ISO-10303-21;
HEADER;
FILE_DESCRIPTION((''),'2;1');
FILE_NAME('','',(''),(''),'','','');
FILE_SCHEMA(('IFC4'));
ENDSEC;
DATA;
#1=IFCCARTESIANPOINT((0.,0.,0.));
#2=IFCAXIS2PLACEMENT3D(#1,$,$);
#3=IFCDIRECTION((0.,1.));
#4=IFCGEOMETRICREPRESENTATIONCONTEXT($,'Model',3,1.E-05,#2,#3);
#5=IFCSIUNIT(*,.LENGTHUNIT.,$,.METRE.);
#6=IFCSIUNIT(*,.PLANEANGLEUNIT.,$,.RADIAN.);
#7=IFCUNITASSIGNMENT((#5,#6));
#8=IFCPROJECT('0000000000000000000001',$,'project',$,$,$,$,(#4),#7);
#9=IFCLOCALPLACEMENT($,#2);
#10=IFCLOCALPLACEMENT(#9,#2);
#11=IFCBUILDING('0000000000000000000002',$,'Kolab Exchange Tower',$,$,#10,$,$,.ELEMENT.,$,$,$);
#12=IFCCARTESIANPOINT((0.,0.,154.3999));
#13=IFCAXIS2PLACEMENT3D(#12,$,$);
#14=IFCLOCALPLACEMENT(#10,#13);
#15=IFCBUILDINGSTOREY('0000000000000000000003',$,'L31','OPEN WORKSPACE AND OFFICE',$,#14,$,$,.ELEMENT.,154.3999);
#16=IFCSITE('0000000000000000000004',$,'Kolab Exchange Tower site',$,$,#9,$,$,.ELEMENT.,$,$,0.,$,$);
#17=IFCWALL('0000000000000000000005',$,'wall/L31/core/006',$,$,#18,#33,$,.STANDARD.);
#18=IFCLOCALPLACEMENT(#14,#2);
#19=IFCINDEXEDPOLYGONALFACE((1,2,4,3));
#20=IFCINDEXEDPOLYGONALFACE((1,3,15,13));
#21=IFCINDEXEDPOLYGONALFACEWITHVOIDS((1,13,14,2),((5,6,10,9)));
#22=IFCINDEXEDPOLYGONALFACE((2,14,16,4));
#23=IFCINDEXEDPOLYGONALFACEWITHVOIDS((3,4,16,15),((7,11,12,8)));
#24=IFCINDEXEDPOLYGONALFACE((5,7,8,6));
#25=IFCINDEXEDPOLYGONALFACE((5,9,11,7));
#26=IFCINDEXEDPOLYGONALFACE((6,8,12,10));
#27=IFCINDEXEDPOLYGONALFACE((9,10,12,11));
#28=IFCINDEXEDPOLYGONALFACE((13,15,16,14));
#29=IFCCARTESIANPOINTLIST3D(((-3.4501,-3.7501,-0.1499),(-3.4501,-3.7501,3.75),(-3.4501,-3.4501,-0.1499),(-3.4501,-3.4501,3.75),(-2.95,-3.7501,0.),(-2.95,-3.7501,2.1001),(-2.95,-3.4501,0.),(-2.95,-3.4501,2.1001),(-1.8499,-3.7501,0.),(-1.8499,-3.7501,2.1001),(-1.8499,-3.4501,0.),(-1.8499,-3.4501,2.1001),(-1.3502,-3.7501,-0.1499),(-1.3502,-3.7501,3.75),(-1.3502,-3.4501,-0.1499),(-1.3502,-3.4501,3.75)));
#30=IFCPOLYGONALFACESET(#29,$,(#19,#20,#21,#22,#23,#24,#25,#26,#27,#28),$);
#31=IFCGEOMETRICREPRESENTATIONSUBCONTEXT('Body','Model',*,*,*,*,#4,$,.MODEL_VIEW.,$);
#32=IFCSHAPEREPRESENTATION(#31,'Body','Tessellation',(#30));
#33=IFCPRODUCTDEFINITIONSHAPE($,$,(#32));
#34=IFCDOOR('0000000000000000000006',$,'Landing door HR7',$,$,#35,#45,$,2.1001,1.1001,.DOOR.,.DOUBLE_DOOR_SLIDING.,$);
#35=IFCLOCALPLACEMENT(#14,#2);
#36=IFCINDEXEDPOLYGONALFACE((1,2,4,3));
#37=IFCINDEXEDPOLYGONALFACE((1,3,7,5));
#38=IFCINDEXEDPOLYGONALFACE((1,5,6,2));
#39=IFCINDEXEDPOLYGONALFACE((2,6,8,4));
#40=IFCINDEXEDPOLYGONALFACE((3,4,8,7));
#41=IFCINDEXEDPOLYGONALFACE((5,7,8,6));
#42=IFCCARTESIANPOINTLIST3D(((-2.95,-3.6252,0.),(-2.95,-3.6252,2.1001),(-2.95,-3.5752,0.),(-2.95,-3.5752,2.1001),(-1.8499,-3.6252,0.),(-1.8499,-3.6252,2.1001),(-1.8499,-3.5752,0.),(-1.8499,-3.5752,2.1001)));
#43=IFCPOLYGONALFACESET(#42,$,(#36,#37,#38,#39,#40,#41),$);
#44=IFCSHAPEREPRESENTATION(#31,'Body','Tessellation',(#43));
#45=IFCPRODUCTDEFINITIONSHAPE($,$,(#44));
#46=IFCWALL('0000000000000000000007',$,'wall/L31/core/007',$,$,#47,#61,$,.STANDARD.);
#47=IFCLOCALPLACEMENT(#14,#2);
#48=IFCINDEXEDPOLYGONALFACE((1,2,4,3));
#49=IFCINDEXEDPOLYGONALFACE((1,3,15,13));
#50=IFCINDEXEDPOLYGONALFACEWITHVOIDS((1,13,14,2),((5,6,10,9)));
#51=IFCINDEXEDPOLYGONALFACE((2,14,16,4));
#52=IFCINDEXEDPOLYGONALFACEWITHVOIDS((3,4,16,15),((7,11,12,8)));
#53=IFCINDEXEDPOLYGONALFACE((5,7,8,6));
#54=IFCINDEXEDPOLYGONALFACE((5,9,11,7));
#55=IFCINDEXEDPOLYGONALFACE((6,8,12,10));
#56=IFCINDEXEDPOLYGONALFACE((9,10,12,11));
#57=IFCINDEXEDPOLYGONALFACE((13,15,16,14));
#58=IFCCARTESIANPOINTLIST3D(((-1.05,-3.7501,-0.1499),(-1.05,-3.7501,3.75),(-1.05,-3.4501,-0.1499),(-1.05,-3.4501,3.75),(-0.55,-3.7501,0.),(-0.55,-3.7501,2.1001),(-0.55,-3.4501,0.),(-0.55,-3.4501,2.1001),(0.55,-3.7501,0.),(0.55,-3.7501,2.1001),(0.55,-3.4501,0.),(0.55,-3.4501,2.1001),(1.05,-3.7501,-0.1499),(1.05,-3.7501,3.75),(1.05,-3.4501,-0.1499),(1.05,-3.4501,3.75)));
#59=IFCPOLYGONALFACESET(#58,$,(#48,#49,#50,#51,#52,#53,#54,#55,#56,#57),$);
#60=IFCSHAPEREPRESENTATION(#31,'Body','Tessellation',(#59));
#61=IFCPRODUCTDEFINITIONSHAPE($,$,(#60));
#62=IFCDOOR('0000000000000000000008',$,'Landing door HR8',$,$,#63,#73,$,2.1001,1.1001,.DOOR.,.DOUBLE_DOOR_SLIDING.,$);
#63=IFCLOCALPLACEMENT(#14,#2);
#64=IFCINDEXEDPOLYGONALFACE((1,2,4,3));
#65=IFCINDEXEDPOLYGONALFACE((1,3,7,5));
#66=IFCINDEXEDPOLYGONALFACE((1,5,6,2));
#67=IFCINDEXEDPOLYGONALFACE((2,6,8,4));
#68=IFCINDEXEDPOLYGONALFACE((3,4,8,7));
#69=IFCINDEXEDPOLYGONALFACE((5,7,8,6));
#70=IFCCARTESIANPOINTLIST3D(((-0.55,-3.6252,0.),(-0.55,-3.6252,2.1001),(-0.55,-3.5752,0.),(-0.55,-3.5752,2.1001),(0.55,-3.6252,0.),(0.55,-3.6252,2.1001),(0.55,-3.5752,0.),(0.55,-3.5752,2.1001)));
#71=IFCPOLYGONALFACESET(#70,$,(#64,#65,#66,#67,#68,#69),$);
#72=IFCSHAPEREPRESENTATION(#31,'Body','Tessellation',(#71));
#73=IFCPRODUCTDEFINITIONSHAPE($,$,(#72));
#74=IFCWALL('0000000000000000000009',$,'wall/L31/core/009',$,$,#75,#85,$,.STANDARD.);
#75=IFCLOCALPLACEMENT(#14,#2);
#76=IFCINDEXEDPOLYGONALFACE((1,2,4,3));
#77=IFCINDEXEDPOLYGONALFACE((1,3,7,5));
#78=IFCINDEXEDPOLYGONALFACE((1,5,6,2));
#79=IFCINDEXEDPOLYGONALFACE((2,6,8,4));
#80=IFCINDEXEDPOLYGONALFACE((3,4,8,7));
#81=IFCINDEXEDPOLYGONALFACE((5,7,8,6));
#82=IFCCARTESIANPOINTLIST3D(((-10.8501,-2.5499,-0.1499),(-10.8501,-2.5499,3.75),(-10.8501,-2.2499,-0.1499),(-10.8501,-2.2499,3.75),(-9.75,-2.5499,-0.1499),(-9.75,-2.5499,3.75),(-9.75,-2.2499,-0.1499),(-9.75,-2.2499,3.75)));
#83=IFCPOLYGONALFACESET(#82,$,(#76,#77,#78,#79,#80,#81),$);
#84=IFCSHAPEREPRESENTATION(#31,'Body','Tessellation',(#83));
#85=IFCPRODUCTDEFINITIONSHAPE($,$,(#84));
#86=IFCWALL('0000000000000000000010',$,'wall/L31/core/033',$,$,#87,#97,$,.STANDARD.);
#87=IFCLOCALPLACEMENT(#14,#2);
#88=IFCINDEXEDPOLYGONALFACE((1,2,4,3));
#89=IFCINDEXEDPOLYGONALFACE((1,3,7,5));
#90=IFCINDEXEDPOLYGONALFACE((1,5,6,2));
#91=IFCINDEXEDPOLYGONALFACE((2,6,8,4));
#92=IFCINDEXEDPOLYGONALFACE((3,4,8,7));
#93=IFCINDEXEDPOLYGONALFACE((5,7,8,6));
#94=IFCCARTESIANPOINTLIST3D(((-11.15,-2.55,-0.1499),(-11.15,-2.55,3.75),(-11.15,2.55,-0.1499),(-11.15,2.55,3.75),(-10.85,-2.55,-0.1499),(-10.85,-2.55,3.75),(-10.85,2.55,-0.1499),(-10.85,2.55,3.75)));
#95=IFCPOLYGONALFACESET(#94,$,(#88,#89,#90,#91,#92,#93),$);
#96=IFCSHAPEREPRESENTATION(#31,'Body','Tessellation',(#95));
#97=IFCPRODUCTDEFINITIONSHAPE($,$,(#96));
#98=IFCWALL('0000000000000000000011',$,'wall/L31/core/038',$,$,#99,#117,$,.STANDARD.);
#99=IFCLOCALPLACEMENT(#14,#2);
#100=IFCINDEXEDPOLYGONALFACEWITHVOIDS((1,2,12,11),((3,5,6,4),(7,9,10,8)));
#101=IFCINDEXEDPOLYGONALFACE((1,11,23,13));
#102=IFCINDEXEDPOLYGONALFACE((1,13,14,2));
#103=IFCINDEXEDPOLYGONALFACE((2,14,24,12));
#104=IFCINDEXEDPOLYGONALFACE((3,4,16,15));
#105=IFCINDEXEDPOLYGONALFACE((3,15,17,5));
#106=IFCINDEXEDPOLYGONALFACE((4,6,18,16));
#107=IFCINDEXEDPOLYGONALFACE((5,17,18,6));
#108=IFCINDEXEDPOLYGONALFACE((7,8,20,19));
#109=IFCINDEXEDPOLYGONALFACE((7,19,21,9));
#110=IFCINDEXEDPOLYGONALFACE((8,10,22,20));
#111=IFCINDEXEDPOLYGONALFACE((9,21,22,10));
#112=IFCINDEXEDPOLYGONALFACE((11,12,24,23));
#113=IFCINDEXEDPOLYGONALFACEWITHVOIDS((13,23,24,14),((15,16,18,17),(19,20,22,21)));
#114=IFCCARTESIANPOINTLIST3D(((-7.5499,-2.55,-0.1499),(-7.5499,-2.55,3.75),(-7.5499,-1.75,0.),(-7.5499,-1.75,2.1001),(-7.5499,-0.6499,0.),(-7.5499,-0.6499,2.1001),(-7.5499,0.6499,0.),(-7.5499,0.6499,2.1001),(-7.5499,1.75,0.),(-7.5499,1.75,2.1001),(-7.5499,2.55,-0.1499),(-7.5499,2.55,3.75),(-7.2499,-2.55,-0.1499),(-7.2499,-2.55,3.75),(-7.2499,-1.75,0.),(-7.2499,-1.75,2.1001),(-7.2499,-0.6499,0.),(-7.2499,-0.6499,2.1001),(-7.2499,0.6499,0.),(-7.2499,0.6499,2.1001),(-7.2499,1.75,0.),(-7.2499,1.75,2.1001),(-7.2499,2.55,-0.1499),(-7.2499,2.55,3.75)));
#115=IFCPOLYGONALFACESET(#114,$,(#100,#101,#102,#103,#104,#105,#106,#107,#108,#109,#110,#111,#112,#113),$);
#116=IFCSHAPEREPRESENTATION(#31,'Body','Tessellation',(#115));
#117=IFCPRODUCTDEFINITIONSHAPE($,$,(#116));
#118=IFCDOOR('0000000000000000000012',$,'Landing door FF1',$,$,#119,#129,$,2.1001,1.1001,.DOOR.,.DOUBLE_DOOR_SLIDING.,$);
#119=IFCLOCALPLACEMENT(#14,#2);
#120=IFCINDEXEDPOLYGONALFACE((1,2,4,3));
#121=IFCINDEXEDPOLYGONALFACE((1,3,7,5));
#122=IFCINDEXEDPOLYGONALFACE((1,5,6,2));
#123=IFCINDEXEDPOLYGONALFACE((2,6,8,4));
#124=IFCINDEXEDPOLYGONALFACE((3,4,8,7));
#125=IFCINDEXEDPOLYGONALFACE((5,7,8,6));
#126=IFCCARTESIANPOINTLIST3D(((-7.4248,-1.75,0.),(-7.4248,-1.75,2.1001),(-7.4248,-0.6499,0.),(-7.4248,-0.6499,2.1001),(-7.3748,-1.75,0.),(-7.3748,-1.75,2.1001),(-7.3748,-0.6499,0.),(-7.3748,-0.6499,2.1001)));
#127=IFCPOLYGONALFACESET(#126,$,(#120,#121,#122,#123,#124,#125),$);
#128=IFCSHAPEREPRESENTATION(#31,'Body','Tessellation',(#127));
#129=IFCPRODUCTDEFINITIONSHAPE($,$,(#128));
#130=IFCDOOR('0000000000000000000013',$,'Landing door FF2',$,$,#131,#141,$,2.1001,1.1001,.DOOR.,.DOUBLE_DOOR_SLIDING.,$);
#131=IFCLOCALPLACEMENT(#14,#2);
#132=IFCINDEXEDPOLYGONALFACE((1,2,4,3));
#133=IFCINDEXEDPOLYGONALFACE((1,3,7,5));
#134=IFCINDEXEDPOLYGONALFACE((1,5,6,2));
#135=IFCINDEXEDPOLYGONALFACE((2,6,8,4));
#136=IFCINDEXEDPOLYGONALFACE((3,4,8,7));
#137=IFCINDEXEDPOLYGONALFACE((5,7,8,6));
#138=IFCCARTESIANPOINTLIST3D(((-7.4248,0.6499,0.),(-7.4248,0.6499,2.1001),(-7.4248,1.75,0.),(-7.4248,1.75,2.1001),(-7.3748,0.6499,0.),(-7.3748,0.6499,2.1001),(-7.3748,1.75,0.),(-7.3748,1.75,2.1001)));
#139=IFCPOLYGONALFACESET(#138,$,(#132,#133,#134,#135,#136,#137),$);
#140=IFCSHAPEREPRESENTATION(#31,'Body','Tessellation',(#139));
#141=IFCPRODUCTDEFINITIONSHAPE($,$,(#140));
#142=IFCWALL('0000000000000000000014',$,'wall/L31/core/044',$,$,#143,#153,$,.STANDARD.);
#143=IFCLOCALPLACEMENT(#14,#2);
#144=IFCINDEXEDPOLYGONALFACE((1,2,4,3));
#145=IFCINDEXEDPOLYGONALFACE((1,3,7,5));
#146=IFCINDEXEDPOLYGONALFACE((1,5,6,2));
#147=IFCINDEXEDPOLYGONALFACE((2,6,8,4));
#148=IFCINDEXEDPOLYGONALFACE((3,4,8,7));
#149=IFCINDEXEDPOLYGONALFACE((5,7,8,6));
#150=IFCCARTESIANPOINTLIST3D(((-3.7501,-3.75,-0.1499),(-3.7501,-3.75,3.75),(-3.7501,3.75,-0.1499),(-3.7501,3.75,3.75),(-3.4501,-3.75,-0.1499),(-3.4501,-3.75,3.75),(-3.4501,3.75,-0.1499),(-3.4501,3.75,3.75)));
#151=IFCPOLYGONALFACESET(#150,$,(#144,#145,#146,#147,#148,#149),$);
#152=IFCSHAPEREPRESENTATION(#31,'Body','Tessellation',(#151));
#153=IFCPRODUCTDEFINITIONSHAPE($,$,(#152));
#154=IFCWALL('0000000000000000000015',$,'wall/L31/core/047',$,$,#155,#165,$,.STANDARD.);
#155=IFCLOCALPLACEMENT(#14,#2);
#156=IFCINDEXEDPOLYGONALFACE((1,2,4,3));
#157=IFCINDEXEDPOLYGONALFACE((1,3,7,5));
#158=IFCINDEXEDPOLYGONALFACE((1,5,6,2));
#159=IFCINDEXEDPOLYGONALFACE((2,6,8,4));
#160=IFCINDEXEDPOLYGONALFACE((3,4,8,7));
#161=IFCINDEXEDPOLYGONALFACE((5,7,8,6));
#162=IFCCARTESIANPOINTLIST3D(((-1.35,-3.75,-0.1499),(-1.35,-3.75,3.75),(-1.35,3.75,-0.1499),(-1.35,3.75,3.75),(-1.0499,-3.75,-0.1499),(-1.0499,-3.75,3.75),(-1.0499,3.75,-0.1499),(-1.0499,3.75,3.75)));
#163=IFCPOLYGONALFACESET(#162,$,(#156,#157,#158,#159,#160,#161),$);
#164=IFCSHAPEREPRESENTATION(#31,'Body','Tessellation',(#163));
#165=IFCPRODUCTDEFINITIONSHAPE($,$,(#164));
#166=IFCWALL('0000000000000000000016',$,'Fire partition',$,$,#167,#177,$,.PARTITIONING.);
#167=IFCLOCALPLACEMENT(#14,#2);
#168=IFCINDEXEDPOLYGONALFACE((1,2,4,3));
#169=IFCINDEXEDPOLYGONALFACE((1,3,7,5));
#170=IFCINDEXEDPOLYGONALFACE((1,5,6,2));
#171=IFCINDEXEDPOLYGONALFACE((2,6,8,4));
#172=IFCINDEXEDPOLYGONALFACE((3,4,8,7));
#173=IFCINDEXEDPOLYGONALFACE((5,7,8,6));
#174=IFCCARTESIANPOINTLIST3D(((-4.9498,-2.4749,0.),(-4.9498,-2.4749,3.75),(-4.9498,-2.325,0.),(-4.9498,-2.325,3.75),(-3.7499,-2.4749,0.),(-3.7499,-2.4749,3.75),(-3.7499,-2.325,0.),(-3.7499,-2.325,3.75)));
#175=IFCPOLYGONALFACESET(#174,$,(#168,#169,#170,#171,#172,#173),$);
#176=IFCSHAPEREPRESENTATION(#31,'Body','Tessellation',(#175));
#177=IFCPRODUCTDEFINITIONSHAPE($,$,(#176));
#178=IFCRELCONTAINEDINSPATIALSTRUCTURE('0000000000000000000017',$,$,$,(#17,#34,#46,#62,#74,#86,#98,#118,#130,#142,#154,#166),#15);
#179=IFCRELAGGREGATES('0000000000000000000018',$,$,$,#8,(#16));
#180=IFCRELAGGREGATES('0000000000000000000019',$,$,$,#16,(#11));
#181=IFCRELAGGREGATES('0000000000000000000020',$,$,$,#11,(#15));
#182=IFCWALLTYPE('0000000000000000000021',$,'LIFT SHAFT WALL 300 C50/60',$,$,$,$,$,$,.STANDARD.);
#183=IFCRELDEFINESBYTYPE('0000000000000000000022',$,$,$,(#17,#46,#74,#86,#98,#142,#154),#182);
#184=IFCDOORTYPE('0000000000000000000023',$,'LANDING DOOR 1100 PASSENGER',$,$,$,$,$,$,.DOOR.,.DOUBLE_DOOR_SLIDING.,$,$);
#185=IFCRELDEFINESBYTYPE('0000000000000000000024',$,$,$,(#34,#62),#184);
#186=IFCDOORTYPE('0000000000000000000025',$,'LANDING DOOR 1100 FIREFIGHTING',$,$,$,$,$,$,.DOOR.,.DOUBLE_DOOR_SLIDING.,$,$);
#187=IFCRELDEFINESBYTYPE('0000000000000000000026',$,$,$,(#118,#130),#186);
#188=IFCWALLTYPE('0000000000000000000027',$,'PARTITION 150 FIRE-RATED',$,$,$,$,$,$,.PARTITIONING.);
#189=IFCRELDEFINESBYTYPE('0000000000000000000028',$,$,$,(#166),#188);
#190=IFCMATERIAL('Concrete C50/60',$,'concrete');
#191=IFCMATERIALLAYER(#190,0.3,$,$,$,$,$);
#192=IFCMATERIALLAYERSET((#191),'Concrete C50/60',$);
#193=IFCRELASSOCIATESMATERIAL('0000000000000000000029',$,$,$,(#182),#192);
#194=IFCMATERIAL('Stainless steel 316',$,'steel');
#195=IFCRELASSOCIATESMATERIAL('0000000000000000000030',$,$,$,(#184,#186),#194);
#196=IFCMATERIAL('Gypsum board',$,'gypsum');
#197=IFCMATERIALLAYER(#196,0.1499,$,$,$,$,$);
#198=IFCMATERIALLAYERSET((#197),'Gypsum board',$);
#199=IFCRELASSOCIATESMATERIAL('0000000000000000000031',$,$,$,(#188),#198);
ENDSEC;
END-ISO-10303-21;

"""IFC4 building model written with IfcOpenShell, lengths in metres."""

from ifc_helpers import new_model, si_unit, direction, frame, frame_2d, origin, place, context, subcontext, project, spatial, rectangle, extrude, material, layer, layer_set, type_object, element, fill, save


model = new_model("IFC4")

# Units and contexts
model_context = context("Model", 3, precision=1e-05, world=origin(), true_north=direction((0.0, 1.0)))
body_context = subcontext(model_context, "Body", "Model", "MODEL_VIEW")
ifc_project = project(units=[si_unit("LENGTHUNIT", "METRE"), si_unit("PLANEANGLEUNIT", "RADIAN")], contexts=[model_context])

# Site, building, storey
site_placement = place(None, origin())
site = spatial("IfcSite", under=ifc_project, at=site_placement, Name="Kolab Exchange Tower site", CompositionType="ELEMENT", RefElevation=0.0)
building_placement = place(site_placement, origin())
building = spatial("IfcBuilding", under=site, at=building_placement, Name="Kolab Exchange Tower", CompositionType="ELEMENT")
storey_placement = place(building_placement, frame((0.0, 0.0, 154.3999)))
storey = spatial("IfcBuildingStorey", under=building, at=storey_placement, Name="L31", Description="OPEN WORKSPACE AND OFFICE", CompositionType="ELEMENT", Elevation=154.3999)

# Walls, openings, doors
ifc_material_1 = material(Name="Concrete C50/60", Category="concrete")
ifc_layer_1 = layer(ifc_material_1, 0.3)
ifc_layer_set_1 = layer_set([ifc_layer_1], Name="Concrete C50/60")
wall_type_1 = type_object("IfcWallType", Name="LIFT SHAFT WALL 300 C50/60", PredefinedType="STANDARD", material=ifc_layer_set_1)
wall_1_placement = place(storey_placement, frame((-3.45, -3.6001, -0.1499), z_axis=(0.0, 0.0, 1.0), x_axis=(1.0, 0.0, 0.0)))
wall_1 = element("IfcWall", 1, at=wall_1_placement, inside=storey, type_object=wall_type_1, Name="wall/L31/core/006", PredefinedType="STANDARD", context=body_context, shape_type="SweptSolid", body=[
    extrude(rectangle(XDim=2.0999, YDim=0.3, at=frame_2d((1.0498, 0.0))), origin(), (0.0, 0.0, 1.0), 3.8999),
])
opening_1_placement = place(wall_1_placement, frame((0.5, 0.0, 0.1499)))
opening_1 = element("IfcOpeningElement", 2, at=opening_1_placement, cuts=wall_1, PredefinedType="OPENING", context=body_context, shape_type="SweptSolid", body=[
    extrude(rectangle(XDim=1.1001, YDim=2.1001, at=frame_2d((0.55, 1.05))), frame((0.0, 0.1602, 0.0), z_axis=(0.0, -1.0, 0.0), x_axis=(1.0, 0.0, 0.0)), (0.0, 0.0, 1.0), 0.3201),
])
ifc_material_2 = material(Name="Stainless steel 316", Category="steel")
door_type_1 = type_object("IfcDoorType", Name="LANDING DOOR 1100 PASSENGER", OperationType="DOUBLE_DOOR_SLIDING", PredefinedType="DOOR", material=ifc_material_2)
door_1_placement = place(opening_1_placement, origin())
door_1 = element("IfcDoor", 3, at=door_1_placement, inside=storey, type_object=door_type_1, Name="Landing door HR7", OperationType="DOUBLE_DOOR_SLIDING", OverallHeight=2.1001, OverallWidth=1.1001, PredefinedType="DOOR", context=body_context, shape_type="SweptSolid", body=[
    extrude(rectangle(XDim=1.1001, YDim=2.1001, at=frame_2d((0.55, 1.05))), frame((0.0, 0.0249, 0.0), z_axis=(0.0, -1.0, 0.0), x_axis=(1.0, 0.0, 0.0)), (0.0, 0.0, 1.0), 0.05),
])
fill(opening_1, door_1)
wall_2_placement = place(storey_placement, frame((-1.05, -3.6001, -0.1499), z_axis=(0.0, 0.0, 1.0), x_axis=(1.0, 0.0, 0.0)))
wall_2 = element("IfcWall", 4, at=wall_2_placement, inside=storey, type_object=wall_type_1, Name="wall/L31/core/007", PredefinedType="STANDARD", context=body_context, shape_type="SweptSolid", body=[
    extrude(rectangle(XDim=2.1001, YDim=0.3, at=frame_2d((1.05, 0.0))), origin(), (0.0, 0.0, 1.0), 3.8999),
])
opening_2_placement = place(wall_2_placement, frame((0.5, 0.0, 0.1499)))
opening_2 = element("IfcOpeningElement", 5, at=opening_2_placement, cuts=wall_2, PredefinedType="OPENING", context=body_context, shape_type="SweptSolid", body=[
    extrude(rectangle(XDim=1.1001, YDim=2.1001, at=frame_2d((0.55, 1.05))), frame((0.0, 0.1602, 0.0), z_axis=(0.0, -1.0, 0.0), x_axis=(1.0, 0.0, 0.0)), (0.0, 0.0, 1.0), 0.3201),
])
door_2_placement = place(opening_2_placement, origin())
door_2 = element("IfcDoor", 6, at=door_2_placement, inside=storey, type_object=door_type_1, Name="Landing door HR8", OperationType="DOUBLE_DOOR_SLIDING", OverallHeight=2.1001, OverallWidth=1.1001, PredefinedType="DOOR", context=body_context, shape_type="SweptSolid", body=[
    extrude(rectangle(XDim=1.1001, YDim=2.1001, at=frame_2d((0.55, 1.05))), frame((0.0, 0.0249, 0.0), z_axis=(0.0, -1.0, 0.0), x_axis=(1.0, 0.0, 0.0)), (0.0, 0.0, 1.0), 0.05),
])
fill(opening_2, door_2)

# Walls
wall_3_placement = place(storey_placement, frame((-10.8501, -2.3999, -0.1499), z_axis=(0.0, 0.0, 1.0), x_axis=(1.0, 0.0, 0.0)))
element("IfcWall", 7, at=wall_3_placement, inside=storey, type_object=wall_type_1, Name="wall/L31/core/009", PredefinedType="STANDARD", context=body_context, shape_type="SweptSolid", body=[
    extrude(rectangle(XDim=1.1001, YDim=0.3, at=frame_2d((0.55, 0.0))), origin(), (0.0, 0.0, 1.0), 3.8999),
])
wall_4_placement = place(storey_placement, frame((-11.0, -2.55, -0.1499), z_axis=(0.0, 0.0, 1.0), x_axis=(0.0, 1.0, 0.0)))
element("IfcWall", 8, at=wall_4_placement, inside=storey, type_object=wall_type_1, Name="wall/L31/core/033", PredefinedType="STANDARD", context=body_context, shape_type="SweptSolid", body=[
    extrude(rectangle(XDim=5.1001, YDim=0.3, at=frame_2d((2.55, 0.0))), origin(), (0.0, 0.0, 1.0), 3.8999),
])

# Wall, openings, doors
wall_5_placement = place(storey_placement, frame((-7.3999, -2.55, -0.1499), z_axis=(0.0, 0.0, 1.0), x_axis=(0.0, 1.0, 0.0)))
wall_5 = element("IfcWall", 9, at=wall_5_placement, inside=storey, type_object=wall_type_1, Name="wall/L31/core/038", PredefinedType="STANDARD", context=body_context, shape_type="SweptSolid", body=[
    extrude(rectangle(XDim=5.1001, YDim=0.3, at=frame_2d((2.55, 0.0))), origin(), (0.0, 0.0, 1.0), 3.8999),
])
opening_3_placement = place(wall_5_placement, frame((0.8, 0.0, 0.1499)))
opening_3 = element("IfcOpeningElement", 10, at=opening_3_placement, cuts=wall_5, PredefinedType="OPENING", context=body_context, shape_type="SweptSolid", body=[
    extrude(rectangle(XDim=1.1001, YDim=2.1001, at=frame_2d((0.55, 1.05))), frame((0.0, 0.1602, 0.0), z_axis=(0.0, -1.0, 0.0), x_axis=(1.0, 0.0, 0.0)), (0.0, 0.0, 1.0), 0.3201),
])
opening_4_placement = place(wall_5_placement, frame((3.2, 0.0, 0.1499)))
opening_4 = element("IfcOpeningElement", 11, at=opening_4_placement, cuts=wall_5, PredefinedType="OPENING", context=body_context, shape_type="SweptSolid", body=[
    extrude(rectangle(XDim=1.1001, YDim=2.1001, at=frame_2d((0.55, 1.05))), frame((0.0, 0.1602, 0.0), z_axis=(0.0, -1.0, 0.0), x_axis=(1.0, 0.0, 0.0)), (0.0, 0.0, 1.0), 0.3201),
])
door_type_2 = type_object("IfcDoorType", Name="LANDING DOOR 1100 FIREFIGHTING", OperationType="DOUBLE_DOOR_SLIDING", PredefinedType="DOOR", material=ifc_material_2)
door_3_placement = place(opening_3_placement, origin())
door_3 = element("IfcDoor", 12, at=door_3_placement, inside=storey, type_object=door_type_2, Name="Landing door FF1", OperationType="DOUBLE_DOOR_SLIDING", OverallHeight=2.1001, OverallWidth=1.1001, PredefinedType="DOOR", context=body_context, shape_type="SweptSolid", body=[
    extrude(rectangle(XDim=1.1001, YDim=2.1001, at=frame_2d((0.55, 1.05))), frame((0.0, 0.0249, 0.0), z_axis=(0.0, -1.0, 0.0), x_axis=(1.0, 0.0, 0.0)), (0.0, 0.0, 1.0), 0.05),
])
fill(opening_3, door_3)
door_4_placement = place(opening_4_placement, origin())
door_4 = element("IfcDoor", 13, at=door_4_placement, inside=storey, type_object=door_type_2, Name="Landing door FF2", OperationType="DOUBLE_DOOR_SLIDING", OverallHeight=2.1001, OverallWidth=1.1001, PredefinedType="DOOR", context=body_context, shape_type="SweptSolid", body=[
    extrude(rectangle(XDim=1.1001, YDim=2.1001, at=frame_2d((0.55, 1.05))), frame((0.0, 0.0249, 0.0), z_axis=(0.0, -1.0, 0.0), x_axis=(1.0, 0.0, 0.0)), (0.0, 0.0, 1.0), 0.05),
])
fill(opening_4, door_4)

# Walls
for number, where, z_axis, x_axis, name in (
    (14, (-3.6001, -3.75, -0.1499), (0.0, 0.0, 1.0), (0.0, 1.0, 0.0), "wall/L31/core/044"),
    (15, (-1.2, -3.75, -0.1499), (0.0, 0.0, 1.0), (0.0, 1.0, 0.0), "wall/L31/core/047"),
):
    element("IfcWall", number, at=place(storey_placement, frame(where, z_axis=z_axis, x_axis=x_axis)), inside=storey, type_object=wall_type_1, Name=name, PredefinedType="STANDARD", context=body_context, shape_type="SweptSolid", body=[
        extrude(rectangle(XDim=7.5, YDim=0.3, at=frame_2d((3.75, 0.0))), origin(), (0.0, 0.0, 1.0), 3.8999),
    ])
ifc_material_3 = material(Name="Gypsum board", Category="gypsum")
ifc_layer_2 = layer(ifc_material_3, 0.1499)
ifc_layer_set_2 = layer_set([ifc_layer_2], Name="Gypsum board")
wall_type_2 = type_object("IfcWallType", Name="PARTITION 150 FIRE-RATED", PredefinedType="PARTITIONING", material=ifc_layer_set_2)
wall_6_placement = place(storey_placement, frame((-4.95, -2.3999, 0.0), z_axis=(0.0, 0.0, 1.0), x_axis=(1.0, 0.0, 0.0)))
element("IfcWall", 16, at=wall_6_placement, inside=storey, type_object=wall_type_2, Name="Fire partition", PredefinedType="PARTITIONING", context=body_context, shape_type="SweptSolid", body=[
    extrude(rectangle(XDim=1.2, YDim=0.1499, at=frame_2d((0.6001, 0.0))), origin(), (0.0, 0.0, 1.0), 3.75),
])

save(model, "model.ifc")
